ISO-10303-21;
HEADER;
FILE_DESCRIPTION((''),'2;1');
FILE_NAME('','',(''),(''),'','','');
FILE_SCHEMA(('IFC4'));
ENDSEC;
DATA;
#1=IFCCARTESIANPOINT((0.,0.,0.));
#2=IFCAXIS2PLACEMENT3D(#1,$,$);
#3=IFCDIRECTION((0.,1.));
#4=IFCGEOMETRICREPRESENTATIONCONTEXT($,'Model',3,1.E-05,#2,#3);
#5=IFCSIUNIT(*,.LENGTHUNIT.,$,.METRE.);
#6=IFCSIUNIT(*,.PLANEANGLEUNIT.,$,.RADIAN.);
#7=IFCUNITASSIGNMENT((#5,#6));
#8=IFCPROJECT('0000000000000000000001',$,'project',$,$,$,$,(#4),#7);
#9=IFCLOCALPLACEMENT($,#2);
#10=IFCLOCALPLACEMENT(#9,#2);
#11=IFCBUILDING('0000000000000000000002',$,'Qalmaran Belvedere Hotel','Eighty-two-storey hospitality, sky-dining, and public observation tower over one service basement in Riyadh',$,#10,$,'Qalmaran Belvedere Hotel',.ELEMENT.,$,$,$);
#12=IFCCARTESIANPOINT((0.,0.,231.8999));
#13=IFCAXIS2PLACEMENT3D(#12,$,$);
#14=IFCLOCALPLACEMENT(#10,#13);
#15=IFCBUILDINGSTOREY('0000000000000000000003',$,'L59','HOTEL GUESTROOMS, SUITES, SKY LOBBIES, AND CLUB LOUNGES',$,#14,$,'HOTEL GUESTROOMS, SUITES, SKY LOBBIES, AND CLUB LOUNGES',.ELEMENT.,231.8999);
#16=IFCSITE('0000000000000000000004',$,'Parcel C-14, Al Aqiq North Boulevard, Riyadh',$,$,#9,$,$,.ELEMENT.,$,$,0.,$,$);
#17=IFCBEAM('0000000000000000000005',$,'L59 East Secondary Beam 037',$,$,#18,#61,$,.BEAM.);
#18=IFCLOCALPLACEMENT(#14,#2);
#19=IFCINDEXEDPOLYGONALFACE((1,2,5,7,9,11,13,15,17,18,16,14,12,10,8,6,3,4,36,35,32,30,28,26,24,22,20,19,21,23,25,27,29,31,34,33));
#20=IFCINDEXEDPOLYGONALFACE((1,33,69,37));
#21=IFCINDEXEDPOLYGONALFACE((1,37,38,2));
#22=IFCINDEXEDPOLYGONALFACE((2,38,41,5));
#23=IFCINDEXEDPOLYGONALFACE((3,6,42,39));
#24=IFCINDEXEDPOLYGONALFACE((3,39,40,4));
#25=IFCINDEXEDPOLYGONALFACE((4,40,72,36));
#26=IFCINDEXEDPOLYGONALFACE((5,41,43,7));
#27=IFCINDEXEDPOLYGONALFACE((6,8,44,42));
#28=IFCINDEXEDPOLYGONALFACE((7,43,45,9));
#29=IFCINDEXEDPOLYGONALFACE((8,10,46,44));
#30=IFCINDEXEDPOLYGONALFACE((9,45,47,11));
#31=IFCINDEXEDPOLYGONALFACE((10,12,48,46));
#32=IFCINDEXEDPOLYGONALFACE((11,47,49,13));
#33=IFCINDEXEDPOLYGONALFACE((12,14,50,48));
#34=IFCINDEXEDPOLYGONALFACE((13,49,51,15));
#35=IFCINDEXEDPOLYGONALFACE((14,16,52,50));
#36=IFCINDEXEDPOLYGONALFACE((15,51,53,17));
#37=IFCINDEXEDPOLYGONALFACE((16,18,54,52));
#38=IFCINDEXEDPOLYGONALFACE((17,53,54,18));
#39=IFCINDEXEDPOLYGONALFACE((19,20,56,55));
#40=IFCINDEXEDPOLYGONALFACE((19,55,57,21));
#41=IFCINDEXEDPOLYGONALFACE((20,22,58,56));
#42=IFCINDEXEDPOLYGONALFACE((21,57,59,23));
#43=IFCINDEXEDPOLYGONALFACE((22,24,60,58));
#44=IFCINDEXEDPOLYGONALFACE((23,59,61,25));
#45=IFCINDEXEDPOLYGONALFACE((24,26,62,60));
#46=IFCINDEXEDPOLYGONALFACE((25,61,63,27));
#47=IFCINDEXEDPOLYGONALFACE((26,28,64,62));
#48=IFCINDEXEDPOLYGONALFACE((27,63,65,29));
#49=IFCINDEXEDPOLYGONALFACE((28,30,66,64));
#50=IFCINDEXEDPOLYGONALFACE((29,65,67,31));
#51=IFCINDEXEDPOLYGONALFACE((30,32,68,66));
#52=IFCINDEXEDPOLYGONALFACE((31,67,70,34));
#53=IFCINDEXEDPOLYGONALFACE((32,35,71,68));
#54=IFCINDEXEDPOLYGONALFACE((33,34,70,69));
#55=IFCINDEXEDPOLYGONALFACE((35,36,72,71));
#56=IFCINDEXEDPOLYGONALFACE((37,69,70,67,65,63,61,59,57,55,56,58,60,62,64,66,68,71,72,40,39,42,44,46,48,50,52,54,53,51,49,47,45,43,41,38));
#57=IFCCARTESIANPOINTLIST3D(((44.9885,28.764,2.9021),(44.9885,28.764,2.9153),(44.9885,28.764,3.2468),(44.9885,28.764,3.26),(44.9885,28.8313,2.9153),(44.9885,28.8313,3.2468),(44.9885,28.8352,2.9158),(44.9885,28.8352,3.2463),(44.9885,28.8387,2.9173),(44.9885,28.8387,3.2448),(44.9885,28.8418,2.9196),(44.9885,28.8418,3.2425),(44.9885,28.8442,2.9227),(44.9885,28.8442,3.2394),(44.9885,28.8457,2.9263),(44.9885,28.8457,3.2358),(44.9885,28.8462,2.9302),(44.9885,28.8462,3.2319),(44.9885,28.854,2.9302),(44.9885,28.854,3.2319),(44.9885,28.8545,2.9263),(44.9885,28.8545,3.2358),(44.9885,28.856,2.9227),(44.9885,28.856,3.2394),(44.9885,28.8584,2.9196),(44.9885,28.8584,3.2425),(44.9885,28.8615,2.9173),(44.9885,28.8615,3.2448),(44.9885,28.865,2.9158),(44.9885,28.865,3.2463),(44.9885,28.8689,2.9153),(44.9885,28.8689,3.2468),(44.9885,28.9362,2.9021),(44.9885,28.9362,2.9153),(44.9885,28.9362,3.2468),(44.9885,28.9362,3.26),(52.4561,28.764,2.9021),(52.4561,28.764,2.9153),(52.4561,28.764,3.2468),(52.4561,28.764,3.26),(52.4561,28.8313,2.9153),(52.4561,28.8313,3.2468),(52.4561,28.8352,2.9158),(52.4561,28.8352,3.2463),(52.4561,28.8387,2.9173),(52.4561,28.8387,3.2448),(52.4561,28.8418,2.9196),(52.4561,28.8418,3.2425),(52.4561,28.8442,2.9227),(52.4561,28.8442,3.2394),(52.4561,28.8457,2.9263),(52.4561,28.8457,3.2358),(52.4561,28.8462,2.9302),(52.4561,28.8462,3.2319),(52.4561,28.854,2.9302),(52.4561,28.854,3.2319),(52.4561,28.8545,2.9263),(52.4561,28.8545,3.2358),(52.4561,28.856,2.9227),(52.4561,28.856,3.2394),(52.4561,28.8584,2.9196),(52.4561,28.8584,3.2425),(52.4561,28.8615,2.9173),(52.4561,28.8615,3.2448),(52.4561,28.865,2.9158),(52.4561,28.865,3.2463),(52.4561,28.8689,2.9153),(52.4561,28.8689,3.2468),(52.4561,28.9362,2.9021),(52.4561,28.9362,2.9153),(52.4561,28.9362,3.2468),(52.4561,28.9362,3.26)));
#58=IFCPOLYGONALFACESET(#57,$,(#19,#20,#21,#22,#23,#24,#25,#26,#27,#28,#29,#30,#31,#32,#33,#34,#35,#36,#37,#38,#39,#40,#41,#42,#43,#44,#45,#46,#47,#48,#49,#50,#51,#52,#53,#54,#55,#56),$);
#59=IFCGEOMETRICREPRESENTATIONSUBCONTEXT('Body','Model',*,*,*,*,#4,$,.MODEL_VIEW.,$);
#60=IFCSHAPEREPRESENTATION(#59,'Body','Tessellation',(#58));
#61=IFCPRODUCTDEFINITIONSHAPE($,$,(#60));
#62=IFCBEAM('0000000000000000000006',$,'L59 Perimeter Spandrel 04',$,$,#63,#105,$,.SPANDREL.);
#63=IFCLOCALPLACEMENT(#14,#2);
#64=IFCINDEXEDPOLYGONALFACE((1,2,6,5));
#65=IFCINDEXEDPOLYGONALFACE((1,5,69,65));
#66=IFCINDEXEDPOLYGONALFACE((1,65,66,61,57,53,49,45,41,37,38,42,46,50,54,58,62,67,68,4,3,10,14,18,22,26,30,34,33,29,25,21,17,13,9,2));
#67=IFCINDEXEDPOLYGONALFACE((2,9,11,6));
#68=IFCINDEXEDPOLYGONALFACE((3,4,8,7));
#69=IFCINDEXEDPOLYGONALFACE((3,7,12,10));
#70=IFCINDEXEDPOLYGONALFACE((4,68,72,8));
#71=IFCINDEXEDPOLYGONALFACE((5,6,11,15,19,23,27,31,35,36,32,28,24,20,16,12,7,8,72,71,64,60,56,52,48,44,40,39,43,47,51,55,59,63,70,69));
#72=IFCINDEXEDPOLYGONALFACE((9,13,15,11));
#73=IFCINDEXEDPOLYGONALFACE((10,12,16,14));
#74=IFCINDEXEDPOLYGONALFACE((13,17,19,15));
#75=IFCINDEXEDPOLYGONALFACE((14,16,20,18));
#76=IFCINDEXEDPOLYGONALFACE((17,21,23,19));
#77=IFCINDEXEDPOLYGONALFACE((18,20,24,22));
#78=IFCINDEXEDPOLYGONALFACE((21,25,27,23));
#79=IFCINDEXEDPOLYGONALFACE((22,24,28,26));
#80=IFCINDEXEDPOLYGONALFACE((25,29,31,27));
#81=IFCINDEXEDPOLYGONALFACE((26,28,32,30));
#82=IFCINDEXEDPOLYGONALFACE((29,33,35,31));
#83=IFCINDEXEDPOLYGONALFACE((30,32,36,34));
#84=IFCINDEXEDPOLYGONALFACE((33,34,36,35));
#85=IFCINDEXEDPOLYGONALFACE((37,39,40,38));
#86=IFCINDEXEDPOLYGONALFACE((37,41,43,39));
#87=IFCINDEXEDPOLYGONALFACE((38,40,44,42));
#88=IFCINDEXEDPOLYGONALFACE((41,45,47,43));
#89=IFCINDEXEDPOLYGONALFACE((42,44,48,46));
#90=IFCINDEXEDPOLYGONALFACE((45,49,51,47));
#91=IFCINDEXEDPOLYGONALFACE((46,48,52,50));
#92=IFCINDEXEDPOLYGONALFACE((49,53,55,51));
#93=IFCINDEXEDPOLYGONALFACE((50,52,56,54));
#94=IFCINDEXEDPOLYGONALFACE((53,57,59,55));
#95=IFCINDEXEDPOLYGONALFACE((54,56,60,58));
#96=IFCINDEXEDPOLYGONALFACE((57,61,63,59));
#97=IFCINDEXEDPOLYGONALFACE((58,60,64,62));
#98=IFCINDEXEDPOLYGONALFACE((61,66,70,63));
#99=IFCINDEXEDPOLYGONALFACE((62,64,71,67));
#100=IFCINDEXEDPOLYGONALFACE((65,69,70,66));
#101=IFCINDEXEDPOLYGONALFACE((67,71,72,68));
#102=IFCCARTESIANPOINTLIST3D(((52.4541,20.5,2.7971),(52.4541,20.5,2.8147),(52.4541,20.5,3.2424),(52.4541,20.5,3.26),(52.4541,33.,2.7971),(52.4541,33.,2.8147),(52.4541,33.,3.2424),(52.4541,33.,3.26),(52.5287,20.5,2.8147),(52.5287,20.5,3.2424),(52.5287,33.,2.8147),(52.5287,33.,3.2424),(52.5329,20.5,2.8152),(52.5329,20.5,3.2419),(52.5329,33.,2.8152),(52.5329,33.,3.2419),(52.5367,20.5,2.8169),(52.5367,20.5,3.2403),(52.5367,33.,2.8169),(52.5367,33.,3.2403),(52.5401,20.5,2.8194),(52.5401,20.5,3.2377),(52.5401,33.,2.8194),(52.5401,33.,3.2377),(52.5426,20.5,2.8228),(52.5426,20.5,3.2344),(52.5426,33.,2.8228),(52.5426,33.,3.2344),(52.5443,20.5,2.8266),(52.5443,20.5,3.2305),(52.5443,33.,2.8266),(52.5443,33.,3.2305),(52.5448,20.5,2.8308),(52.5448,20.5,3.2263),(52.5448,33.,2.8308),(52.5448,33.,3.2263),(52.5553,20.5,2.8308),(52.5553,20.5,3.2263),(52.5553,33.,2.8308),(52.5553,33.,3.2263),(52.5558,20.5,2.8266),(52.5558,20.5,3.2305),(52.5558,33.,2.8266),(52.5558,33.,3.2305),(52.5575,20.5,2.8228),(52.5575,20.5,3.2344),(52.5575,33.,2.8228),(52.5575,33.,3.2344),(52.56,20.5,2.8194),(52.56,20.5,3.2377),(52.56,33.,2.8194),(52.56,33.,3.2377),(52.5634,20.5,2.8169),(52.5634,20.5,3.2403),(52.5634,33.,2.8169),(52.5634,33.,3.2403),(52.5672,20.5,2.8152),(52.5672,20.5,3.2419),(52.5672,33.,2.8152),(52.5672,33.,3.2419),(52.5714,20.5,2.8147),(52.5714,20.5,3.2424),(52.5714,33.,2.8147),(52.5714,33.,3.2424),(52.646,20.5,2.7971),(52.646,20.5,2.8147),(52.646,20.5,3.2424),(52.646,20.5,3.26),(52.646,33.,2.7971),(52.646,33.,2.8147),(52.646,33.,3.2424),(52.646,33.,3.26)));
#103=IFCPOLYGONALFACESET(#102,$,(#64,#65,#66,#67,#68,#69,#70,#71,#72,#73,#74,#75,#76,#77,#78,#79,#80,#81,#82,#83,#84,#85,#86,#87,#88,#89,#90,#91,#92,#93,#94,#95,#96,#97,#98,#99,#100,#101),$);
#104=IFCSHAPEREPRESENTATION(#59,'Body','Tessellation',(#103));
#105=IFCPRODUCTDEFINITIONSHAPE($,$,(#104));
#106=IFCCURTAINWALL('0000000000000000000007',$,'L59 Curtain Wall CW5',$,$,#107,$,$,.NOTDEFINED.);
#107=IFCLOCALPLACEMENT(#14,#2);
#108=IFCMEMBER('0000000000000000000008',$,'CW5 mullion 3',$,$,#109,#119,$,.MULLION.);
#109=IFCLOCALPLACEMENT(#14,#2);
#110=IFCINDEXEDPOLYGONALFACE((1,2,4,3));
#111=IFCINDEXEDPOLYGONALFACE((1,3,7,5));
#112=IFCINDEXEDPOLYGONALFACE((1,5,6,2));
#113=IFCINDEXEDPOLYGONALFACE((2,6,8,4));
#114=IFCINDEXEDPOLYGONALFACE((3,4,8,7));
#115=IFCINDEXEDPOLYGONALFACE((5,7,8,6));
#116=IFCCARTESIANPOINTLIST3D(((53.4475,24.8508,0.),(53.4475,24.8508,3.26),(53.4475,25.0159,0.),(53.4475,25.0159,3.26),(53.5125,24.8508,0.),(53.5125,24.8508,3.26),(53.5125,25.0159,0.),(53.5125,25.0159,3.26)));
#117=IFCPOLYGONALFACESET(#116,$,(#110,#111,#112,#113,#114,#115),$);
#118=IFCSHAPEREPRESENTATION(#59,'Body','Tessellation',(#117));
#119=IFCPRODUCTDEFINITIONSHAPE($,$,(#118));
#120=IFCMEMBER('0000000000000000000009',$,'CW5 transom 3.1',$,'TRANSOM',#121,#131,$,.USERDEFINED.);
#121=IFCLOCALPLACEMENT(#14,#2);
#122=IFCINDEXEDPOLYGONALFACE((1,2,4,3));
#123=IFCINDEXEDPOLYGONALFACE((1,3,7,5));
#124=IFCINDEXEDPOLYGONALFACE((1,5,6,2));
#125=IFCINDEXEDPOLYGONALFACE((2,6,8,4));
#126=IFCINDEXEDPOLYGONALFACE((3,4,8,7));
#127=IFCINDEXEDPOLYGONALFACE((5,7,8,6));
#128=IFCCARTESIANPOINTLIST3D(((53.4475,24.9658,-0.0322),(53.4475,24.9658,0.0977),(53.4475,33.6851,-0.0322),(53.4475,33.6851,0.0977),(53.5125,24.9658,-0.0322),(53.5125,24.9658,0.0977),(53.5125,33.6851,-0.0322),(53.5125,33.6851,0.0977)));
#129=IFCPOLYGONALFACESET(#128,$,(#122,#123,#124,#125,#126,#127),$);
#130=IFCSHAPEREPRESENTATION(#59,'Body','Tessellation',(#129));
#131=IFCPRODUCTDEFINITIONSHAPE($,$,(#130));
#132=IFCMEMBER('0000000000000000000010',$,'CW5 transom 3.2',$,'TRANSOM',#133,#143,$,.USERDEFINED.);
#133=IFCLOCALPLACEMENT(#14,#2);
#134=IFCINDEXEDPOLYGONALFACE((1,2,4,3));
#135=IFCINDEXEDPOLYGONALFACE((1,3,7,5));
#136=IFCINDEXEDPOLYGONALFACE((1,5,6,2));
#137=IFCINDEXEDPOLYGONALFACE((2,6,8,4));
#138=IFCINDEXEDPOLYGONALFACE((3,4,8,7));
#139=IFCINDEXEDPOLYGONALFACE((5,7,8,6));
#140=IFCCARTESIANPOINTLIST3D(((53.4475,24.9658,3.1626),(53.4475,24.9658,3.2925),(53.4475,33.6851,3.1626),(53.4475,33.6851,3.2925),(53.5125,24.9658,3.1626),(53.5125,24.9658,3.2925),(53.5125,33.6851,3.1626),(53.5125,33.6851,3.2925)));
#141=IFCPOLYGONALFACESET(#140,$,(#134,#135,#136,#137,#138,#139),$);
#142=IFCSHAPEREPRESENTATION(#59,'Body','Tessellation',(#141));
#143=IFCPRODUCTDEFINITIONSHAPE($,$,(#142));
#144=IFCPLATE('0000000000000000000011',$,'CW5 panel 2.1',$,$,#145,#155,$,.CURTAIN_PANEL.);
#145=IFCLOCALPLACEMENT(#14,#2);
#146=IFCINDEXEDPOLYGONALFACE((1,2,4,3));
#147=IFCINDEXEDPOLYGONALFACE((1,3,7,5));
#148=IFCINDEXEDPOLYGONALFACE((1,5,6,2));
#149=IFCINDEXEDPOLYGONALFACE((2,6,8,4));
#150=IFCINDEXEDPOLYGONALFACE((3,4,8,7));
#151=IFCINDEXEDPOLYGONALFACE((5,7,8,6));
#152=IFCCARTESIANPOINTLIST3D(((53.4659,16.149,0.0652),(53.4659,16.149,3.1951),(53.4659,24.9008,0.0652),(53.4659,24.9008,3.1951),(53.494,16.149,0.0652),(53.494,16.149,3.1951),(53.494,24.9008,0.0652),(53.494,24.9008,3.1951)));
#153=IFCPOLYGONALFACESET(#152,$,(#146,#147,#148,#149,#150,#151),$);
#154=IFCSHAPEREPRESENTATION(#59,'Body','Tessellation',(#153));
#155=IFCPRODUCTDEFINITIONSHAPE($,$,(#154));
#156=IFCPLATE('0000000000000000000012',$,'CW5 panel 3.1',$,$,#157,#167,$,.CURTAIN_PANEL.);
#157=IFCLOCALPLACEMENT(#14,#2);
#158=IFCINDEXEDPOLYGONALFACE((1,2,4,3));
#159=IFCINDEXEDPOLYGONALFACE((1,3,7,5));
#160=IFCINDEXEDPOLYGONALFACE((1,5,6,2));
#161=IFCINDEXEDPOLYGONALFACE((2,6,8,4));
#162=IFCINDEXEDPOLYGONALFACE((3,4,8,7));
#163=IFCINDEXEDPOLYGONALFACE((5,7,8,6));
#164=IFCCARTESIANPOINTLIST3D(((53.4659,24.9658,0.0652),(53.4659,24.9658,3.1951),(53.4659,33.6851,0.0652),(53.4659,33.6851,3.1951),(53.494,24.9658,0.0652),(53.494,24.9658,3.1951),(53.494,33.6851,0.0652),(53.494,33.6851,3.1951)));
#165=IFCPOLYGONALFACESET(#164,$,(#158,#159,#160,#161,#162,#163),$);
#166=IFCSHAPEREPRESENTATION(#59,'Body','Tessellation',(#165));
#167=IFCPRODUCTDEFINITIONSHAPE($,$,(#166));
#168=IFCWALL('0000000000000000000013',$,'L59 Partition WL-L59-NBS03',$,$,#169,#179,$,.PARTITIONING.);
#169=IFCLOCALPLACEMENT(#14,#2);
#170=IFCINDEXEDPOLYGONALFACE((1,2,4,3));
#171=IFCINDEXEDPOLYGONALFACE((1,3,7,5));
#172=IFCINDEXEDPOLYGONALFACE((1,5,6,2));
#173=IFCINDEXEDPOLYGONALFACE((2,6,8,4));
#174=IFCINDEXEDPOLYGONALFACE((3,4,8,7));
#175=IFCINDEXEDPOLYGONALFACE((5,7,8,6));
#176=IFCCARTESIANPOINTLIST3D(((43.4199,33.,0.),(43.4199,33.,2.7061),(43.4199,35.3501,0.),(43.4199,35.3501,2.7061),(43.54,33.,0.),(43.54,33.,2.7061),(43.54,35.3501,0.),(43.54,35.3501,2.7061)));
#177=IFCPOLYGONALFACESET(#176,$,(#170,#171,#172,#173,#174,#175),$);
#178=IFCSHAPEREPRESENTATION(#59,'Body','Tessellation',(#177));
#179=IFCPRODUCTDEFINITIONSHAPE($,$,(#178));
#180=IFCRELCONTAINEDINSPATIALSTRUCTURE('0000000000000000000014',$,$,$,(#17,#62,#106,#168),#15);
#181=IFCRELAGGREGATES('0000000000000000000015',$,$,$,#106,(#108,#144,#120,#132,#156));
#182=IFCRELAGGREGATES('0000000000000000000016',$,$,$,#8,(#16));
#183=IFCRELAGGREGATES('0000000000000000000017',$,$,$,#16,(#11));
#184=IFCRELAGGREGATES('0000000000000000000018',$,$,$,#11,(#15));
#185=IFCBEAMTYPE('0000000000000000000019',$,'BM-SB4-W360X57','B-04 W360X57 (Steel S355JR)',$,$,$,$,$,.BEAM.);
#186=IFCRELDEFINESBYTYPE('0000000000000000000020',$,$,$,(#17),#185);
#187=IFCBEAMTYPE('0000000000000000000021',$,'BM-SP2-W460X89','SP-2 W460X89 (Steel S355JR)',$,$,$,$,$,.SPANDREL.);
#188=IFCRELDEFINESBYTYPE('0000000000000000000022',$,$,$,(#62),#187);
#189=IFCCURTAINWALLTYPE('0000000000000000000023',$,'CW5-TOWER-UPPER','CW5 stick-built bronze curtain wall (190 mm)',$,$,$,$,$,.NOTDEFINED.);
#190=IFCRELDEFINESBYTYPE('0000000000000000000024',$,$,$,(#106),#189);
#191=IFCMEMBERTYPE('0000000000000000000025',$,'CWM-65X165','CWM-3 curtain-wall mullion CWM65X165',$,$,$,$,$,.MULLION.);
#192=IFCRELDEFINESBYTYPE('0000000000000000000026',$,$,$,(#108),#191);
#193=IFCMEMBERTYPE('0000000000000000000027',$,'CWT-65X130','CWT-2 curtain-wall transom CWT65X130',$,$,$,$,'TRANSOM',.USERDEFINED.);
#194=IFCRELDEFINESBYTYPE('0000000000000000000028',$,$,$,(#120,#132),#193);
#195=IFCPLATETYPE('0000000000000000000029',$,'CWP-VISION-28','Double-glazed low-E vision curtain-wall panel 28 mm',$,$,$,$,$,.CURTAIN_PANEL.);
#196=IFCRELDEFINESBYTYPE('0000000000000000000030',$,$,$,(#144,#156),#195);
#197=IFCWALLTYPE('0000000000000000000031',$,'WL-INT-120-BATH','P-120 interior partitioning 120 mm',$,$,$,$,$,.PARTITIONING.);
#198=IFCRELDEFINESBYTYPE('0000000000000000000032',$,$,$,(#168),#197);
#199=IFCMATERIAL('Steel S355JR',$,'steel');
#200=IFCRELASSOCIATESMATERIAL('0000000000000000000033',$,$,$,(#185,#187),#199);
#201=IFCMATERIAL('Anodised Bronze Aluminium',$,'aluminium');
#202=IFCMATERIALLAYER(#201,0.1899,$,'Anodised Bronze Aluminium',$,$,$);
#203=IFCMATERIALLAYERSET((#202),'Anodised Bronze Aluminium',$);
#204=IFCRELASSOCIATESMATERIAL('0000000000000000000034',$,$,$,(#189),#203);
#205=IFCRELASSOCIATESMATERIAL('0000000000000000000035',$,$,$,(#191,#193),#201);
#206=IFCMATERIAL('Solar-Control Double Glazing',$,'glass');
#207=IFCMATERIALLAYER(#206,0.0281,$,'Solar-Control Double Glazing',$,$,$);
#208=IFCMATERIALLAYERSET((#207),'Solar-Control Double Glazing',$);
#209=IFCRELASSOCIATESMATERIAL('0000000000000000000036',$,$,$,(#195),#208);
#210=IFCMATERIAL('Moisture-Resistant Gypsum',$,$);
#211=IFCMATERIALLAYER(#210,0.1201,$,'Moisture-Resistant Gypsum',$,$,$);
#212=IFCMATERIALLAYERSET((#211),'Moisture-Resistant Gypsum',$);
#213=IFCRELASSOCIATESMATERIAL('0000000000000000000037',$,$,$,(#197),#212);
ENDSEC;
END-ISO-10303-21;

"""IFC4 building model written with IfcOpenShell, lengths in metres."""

from ifc_helpers import new_model, si_unit, direction, frame, frame_2d, origin, origin_2d, place, context, subcontext, project, spatial, rectangle, i_section, extrude, material, layer, layer_set, material_profile, profile_set, type_object, element, aggregate, save


model = new_model("IFC4")

# Units and contexts
model_context = context("Model", 3, precision=1e-05, world=origin(), true_north=direction((0.0, 1.0)))
body_context = subcontext(model_context, "Body", "Model", "MODEL_VIEW")
ifc_project = project(units=[si_unit("LENGTHUNIT", "METRE"), si_unit("PLANEANGLEUNIT", "RADIAN")], contexts=[model_context])

# Site, building, storey
site_placement = place(None, origin())
site = spatial("IfcSite", under=ifc_project, at=site_placement, Name="Parcel C-14, Al Aqiq North Boulevard, Riyadh", CompositionType="ELEMENT", RefElevation=0.0)
building_placement = place(site_placement, origin())
building = spatial("IfcBuilding", under=site, at=building_placement, Name="Qalmaran Belvedere Hotel", Description="Eighty-two-storey hospitality, sky-dining, and public observation tower over one service basement in Riyadh", LongName="Qalmaran Belvedere Hotel", CompositionType="ELEMENT")
storey_placement = place(building_placement, frame((0.0, 0.0, 231.8999)))
storey = spatial("IfcBuildingStorey", under=building, at=storey_placement, Name="L59", Description="HOTEL GUESTROOMS, SUITES, SKY LOBBIES, AND CLUB LOUNGES", LongName="HOTEL GUESTROOMS, SUITES, SKY LOBBIES, AND CLUB LOUNGES", CompositionType="ELEMENT", Elevation=231.8999)

# Beams
ifc_material_1 = material(Name="Steel S355JR", Category="steel")
ifc_material_profile_1 = material_profile(ifc_material_1, i_section(OverallWidth=0.1721, OverallDepth=0.3579, WebThickness=0.0078, FlangeThickness=0.0132, FilletRadius=0.0149, at=origin_2d()), Name="W360X57")
ifc_profile_set_1 = profile_set([ifc_material_profile_1], Name="Steel S355JR")
beam_type_1 = type_object("IfcBeamType", Name="BM-SB4-W360X57", Description="B-04 W360X57 (Steel S355JR)", PredefinedType="BEAM", material=ifc_profile_set_1)
for number, where, z_axis, x_axis, name in (
    (1, (44.9885, 28.8501, 3.0811), (1.0, 0.0, 0.0), (0.0, 1.0, 0.0), "L59 East Secondary Beam 037"),
):
    element("IfcBeam", number, at=place(storey_placement, frame(where, z_axis=z_axis, x_axis=x_axis)), inside=storey, type_object=beam_type_1, Name=name, PredefinedType="BEAM", context=body_context, shape_type="SweptSolid", body=[
        extrude(i_section(OverallWidth=0.1721, OverallDepth=0.3579, WebThickness=0.0078, FlangeThickness=0.0132, FilletRadius=0.0149, at=origin_2d()), origin(), (0.0, 0.0, 1.0), 7.4675),
    ])
ifc_material_profile_2 = material_profile(ifc_material_1, i_section(OverallWidth=0.1919, OverallDepth=0.4629, WebThickness=0.0105, FlangeThickness=0.0176, FilletRadius=0.0161, at=origin_2d()), Name="W460X89")
ifc_profile_set_2 = profile_set([ifc_material_profile_2], Name="Steel S355JR")
beam_type_2 = type_object("IfcBeamType", Name="BM-SP2-W460X89", Description="SP-2 W460X89 (Steel S355JR)", PredefinedType="SPANDREL", material=ifc_profile_set_2)
beam_1_placement = place(storey_placement, frame((52.55, 20.5, 3.0286), z_axis=(0.0, 1.0, 0.0), x_axis=(-1.0, 0.0, 0.0)))
element("IfcBeam", 2, at=beam_1_placement, inside=storey, type_object=beam_type_2, Name="L59 Perimeter Spandrel 04", PredefinedType="SPANDREL", context=body_context, shape_type="SweptSolid", body=[
    extrude(i_section(OverallWidth=0.1919, OverallDepth=0.4629, WebThickness=0.0105, FlangeThickness=0.0176, FilletRadius=0.0161, at=origin_2d()), origin(), (0.0, 0.0, 1.0), 12.5),
])

# Curtain wall, members, plates
ifc_material_2 = material(Name="Anodised Bronze Aluminium", Category="aluminium")
ifc_layer_1 = layer(ifc_material_2, 0.1899, Name="Anodised Bronze Aluminium")
ifc_layer_set_1 = layer_set([ifc_layer_1], Name="Anodised Bronze Aluminium")
curtain_wall_type = type_object("IfcCurtainWallType", Name="CW5-TOWER-UPPER", Description="CW5 stick-built bronze curtain wall (190 mm)", PredefinedType="NOTDEFINED", material=ifc_layer_set_1)
curtain_wall_placement = place(storey_placement, origin())
curtain_wall = element("IfcCurtainWall", 3, at=curtain_wall_placement, inside=storey, type_object=curtain_wall_type, Name="L59 Curtain Wall CW5", PredefinedType="NOTDEFINED")
ifc_material_profile_3 = material_profile(ifc_material_2, rectangle(XDim=0.0649, YDim=0.165, at=origin_2d()), Name="CWM65X165")
ifc_profile_set_3 = profile_set([ifc_material_profile_3], Name="Anodised Bronze Aluminium")
member_type_1 = type_object("IfcMemberType", Name="CWM-65X165", Description="CWM-3 curtain-wall mullion CWM65X165", PredefinedType="MULLION", material=ifc_profile_set_3)
member_1_placement = place(storey_placement, frame((53.48, 24.9333, 0.0), z_axis=(0.0, 0.0, 1.0), x_axis=(-1.0, 0.0, 0.0)))
member_1 = element("IfcMember", 4, at=member_1_placement, type_object=member_type_1, Name="CW5 mullion 3", PredefinedType="MULLION", context=body_context, shape_type="SweptSolid", body=[
    extrude(rectangle(XDim=0.0649, YDim=0.165, at=origin_2d()), origin(), (0.0, 0.0, 1.0), 3.26),
])
ifc_material_profile_4 = material_profile(ifc_material_2, rectangle(XDim=0.0649, YDim=0.1299, at=origin_2d()), Name="CWT65X130")
ifc_profile_set_4 = profile_set([ifc_material_profile_4], Name="Anodised Bronze Aluminium")
member_type_2 = type_object("IfcMemberType", Name="CWT-65X130", Description="CWT-2 curtain-wall transom CWT65X130", ElementType="TRANSOM", PredefinedType="USERDEFINED", material=ifc_profile_set_4)
member_2_placement = place(storey_placement, frame((53.48, 24.9658, 0.0327), z_axis=(0.0, 1.0, 0.0), x_axis=(-1.0, 0.0, 0.0)))
member_2 = element("IfcMember", 5, at=member_2_placement, type_object=member_type_2, Name="CW5 transom 3.1", ObjectType="TRANSOM", PredefinedType="USERDEFINED", context=body_context, shape_type="SweptSolid", body=[
    extrude(rectangle(XDim=0.0649, YDim=0.1299, at=origin_2d()), origin(), (0.0, 0.0, 1.0), 8.7192),
])
member_3_placement = place(storey_placement, frame((53.48, 24.9658, 3.2275), z_axis=(0.0, 1.0, 0.0), x_axis=(-1.0, 0.0, 0.0)))
member_3 = element("IfcMember", 6, at=member_3_placement, type_object=member_type_2, Name="CW5 transom 3.2", ObjectType="TRANSOM", PredefinedType="USERDEFINED", context=body_context, shape_type="SweptSolid", body=[
    extrude(rectangle(XDim=0.0649, YDim=0.1299, at=origin_2d()), origin(), (0.0, 0.0, 1.0), 8.7192),
])
ifc_material_3 = material(Name="Solar-Control Double Glazing", Category="glass")
ifc_layer_2 = layer(ifc_material_3, 0.0281, Name="Solar-Control Double Glazing")
ifc_layer_set_2 = layer_set([ifc_layer_2], Name="Solar-Control Double Glazing")
plate_type = type_object("IfcPlateType", Name="CWP-VISION-28", Description="Double-glazed low-E vision curtain-wall panel 28 mm", PredefinedType="CURTAIN_PANEL", material=ifc_layer_set_2)
plate_1_placement = place(storey_placement, frame((53.48, 20.5249, 0.0652), z_axis=(0.0, 0.0, 1.0), x_axis=(0.0, 1.0, 0.0)))
plate_1 = element("IfcPlate", 7, at=plate_1_placement, type_object=plate_type, Name="CW5 panel 2.1", PredefinedType="CURTAIN_PANEL", context=body_context, shape_type="SweptSolid", body=[
    extrude(rectangle(XDim=8.7517, YDim=0.0281, at=origin_2d()), origin(), (0.0, 0.0, 1.0), 3.1299),
])
plate_2_placement = place(storey_placement, frame((53.48, 29.3254, 0.0652), z_axis=(0.0, 0.0, 1.0), x_axis=(0.0, 1.0, 0.0)))
plate_2 = element("IfcPlate", 8, at=plate_2_placement, type_object=plate_type, Name="CW5 panel 3.1", PredefinedType="CURTAIN_PANEL", context=body_context, shape_type="SweptSolid", body=[
    extrude(rectangle(XDim=8.7192, YDim=0.0281, at=origin_2d()), origin(), (0.0, 0.0, 1.0), 3.1299),
])
aggregate(curtain_wall, [member_1, plate_1, member_2, member_3, plate_2])

# Wall
ifc_material_4 = material(Name="Moisture-Resistant Gypsum")
ifc_layer_3 = layer(ifc_material_4, 0.1201, Name="Moisture-Resistant Gypsum")
ifc_layer_set_3 = layer_set([ifc_layer_3], Name="Moisture-Resistant Gypsum")
wall_type_1 = type_object("IfcWallType", Name="WL-INT-120-BATH", Description="P-120 interior partitioning 120 mm", PredefinedType="PARTITIONING", material=ifc_layer_set_3)
wall_1_placement = place(storey_placement, frame((43.48, 33.0, 0.0), z_axis=(0.0, 0.0, 1.0), x_axis=(0.0, 1.0, 0.0)))
element("IfcWall", 9, at=wall_1_placement, inside=storey, type_object=wall_type_1, Name="L59 Partition WL-L59-NBS03", PredefinedType="PARTITIONING", context=body_context, shape_type="SweptSolid", body=[
    extrude(rectangle(XDim=2.3501, YDim=0.1201, at=frame_2d((1.175, 0.0))), origin(), (0.0, 0.0, 1.0), 2.7061),
])

save(model, "model.ifc")
